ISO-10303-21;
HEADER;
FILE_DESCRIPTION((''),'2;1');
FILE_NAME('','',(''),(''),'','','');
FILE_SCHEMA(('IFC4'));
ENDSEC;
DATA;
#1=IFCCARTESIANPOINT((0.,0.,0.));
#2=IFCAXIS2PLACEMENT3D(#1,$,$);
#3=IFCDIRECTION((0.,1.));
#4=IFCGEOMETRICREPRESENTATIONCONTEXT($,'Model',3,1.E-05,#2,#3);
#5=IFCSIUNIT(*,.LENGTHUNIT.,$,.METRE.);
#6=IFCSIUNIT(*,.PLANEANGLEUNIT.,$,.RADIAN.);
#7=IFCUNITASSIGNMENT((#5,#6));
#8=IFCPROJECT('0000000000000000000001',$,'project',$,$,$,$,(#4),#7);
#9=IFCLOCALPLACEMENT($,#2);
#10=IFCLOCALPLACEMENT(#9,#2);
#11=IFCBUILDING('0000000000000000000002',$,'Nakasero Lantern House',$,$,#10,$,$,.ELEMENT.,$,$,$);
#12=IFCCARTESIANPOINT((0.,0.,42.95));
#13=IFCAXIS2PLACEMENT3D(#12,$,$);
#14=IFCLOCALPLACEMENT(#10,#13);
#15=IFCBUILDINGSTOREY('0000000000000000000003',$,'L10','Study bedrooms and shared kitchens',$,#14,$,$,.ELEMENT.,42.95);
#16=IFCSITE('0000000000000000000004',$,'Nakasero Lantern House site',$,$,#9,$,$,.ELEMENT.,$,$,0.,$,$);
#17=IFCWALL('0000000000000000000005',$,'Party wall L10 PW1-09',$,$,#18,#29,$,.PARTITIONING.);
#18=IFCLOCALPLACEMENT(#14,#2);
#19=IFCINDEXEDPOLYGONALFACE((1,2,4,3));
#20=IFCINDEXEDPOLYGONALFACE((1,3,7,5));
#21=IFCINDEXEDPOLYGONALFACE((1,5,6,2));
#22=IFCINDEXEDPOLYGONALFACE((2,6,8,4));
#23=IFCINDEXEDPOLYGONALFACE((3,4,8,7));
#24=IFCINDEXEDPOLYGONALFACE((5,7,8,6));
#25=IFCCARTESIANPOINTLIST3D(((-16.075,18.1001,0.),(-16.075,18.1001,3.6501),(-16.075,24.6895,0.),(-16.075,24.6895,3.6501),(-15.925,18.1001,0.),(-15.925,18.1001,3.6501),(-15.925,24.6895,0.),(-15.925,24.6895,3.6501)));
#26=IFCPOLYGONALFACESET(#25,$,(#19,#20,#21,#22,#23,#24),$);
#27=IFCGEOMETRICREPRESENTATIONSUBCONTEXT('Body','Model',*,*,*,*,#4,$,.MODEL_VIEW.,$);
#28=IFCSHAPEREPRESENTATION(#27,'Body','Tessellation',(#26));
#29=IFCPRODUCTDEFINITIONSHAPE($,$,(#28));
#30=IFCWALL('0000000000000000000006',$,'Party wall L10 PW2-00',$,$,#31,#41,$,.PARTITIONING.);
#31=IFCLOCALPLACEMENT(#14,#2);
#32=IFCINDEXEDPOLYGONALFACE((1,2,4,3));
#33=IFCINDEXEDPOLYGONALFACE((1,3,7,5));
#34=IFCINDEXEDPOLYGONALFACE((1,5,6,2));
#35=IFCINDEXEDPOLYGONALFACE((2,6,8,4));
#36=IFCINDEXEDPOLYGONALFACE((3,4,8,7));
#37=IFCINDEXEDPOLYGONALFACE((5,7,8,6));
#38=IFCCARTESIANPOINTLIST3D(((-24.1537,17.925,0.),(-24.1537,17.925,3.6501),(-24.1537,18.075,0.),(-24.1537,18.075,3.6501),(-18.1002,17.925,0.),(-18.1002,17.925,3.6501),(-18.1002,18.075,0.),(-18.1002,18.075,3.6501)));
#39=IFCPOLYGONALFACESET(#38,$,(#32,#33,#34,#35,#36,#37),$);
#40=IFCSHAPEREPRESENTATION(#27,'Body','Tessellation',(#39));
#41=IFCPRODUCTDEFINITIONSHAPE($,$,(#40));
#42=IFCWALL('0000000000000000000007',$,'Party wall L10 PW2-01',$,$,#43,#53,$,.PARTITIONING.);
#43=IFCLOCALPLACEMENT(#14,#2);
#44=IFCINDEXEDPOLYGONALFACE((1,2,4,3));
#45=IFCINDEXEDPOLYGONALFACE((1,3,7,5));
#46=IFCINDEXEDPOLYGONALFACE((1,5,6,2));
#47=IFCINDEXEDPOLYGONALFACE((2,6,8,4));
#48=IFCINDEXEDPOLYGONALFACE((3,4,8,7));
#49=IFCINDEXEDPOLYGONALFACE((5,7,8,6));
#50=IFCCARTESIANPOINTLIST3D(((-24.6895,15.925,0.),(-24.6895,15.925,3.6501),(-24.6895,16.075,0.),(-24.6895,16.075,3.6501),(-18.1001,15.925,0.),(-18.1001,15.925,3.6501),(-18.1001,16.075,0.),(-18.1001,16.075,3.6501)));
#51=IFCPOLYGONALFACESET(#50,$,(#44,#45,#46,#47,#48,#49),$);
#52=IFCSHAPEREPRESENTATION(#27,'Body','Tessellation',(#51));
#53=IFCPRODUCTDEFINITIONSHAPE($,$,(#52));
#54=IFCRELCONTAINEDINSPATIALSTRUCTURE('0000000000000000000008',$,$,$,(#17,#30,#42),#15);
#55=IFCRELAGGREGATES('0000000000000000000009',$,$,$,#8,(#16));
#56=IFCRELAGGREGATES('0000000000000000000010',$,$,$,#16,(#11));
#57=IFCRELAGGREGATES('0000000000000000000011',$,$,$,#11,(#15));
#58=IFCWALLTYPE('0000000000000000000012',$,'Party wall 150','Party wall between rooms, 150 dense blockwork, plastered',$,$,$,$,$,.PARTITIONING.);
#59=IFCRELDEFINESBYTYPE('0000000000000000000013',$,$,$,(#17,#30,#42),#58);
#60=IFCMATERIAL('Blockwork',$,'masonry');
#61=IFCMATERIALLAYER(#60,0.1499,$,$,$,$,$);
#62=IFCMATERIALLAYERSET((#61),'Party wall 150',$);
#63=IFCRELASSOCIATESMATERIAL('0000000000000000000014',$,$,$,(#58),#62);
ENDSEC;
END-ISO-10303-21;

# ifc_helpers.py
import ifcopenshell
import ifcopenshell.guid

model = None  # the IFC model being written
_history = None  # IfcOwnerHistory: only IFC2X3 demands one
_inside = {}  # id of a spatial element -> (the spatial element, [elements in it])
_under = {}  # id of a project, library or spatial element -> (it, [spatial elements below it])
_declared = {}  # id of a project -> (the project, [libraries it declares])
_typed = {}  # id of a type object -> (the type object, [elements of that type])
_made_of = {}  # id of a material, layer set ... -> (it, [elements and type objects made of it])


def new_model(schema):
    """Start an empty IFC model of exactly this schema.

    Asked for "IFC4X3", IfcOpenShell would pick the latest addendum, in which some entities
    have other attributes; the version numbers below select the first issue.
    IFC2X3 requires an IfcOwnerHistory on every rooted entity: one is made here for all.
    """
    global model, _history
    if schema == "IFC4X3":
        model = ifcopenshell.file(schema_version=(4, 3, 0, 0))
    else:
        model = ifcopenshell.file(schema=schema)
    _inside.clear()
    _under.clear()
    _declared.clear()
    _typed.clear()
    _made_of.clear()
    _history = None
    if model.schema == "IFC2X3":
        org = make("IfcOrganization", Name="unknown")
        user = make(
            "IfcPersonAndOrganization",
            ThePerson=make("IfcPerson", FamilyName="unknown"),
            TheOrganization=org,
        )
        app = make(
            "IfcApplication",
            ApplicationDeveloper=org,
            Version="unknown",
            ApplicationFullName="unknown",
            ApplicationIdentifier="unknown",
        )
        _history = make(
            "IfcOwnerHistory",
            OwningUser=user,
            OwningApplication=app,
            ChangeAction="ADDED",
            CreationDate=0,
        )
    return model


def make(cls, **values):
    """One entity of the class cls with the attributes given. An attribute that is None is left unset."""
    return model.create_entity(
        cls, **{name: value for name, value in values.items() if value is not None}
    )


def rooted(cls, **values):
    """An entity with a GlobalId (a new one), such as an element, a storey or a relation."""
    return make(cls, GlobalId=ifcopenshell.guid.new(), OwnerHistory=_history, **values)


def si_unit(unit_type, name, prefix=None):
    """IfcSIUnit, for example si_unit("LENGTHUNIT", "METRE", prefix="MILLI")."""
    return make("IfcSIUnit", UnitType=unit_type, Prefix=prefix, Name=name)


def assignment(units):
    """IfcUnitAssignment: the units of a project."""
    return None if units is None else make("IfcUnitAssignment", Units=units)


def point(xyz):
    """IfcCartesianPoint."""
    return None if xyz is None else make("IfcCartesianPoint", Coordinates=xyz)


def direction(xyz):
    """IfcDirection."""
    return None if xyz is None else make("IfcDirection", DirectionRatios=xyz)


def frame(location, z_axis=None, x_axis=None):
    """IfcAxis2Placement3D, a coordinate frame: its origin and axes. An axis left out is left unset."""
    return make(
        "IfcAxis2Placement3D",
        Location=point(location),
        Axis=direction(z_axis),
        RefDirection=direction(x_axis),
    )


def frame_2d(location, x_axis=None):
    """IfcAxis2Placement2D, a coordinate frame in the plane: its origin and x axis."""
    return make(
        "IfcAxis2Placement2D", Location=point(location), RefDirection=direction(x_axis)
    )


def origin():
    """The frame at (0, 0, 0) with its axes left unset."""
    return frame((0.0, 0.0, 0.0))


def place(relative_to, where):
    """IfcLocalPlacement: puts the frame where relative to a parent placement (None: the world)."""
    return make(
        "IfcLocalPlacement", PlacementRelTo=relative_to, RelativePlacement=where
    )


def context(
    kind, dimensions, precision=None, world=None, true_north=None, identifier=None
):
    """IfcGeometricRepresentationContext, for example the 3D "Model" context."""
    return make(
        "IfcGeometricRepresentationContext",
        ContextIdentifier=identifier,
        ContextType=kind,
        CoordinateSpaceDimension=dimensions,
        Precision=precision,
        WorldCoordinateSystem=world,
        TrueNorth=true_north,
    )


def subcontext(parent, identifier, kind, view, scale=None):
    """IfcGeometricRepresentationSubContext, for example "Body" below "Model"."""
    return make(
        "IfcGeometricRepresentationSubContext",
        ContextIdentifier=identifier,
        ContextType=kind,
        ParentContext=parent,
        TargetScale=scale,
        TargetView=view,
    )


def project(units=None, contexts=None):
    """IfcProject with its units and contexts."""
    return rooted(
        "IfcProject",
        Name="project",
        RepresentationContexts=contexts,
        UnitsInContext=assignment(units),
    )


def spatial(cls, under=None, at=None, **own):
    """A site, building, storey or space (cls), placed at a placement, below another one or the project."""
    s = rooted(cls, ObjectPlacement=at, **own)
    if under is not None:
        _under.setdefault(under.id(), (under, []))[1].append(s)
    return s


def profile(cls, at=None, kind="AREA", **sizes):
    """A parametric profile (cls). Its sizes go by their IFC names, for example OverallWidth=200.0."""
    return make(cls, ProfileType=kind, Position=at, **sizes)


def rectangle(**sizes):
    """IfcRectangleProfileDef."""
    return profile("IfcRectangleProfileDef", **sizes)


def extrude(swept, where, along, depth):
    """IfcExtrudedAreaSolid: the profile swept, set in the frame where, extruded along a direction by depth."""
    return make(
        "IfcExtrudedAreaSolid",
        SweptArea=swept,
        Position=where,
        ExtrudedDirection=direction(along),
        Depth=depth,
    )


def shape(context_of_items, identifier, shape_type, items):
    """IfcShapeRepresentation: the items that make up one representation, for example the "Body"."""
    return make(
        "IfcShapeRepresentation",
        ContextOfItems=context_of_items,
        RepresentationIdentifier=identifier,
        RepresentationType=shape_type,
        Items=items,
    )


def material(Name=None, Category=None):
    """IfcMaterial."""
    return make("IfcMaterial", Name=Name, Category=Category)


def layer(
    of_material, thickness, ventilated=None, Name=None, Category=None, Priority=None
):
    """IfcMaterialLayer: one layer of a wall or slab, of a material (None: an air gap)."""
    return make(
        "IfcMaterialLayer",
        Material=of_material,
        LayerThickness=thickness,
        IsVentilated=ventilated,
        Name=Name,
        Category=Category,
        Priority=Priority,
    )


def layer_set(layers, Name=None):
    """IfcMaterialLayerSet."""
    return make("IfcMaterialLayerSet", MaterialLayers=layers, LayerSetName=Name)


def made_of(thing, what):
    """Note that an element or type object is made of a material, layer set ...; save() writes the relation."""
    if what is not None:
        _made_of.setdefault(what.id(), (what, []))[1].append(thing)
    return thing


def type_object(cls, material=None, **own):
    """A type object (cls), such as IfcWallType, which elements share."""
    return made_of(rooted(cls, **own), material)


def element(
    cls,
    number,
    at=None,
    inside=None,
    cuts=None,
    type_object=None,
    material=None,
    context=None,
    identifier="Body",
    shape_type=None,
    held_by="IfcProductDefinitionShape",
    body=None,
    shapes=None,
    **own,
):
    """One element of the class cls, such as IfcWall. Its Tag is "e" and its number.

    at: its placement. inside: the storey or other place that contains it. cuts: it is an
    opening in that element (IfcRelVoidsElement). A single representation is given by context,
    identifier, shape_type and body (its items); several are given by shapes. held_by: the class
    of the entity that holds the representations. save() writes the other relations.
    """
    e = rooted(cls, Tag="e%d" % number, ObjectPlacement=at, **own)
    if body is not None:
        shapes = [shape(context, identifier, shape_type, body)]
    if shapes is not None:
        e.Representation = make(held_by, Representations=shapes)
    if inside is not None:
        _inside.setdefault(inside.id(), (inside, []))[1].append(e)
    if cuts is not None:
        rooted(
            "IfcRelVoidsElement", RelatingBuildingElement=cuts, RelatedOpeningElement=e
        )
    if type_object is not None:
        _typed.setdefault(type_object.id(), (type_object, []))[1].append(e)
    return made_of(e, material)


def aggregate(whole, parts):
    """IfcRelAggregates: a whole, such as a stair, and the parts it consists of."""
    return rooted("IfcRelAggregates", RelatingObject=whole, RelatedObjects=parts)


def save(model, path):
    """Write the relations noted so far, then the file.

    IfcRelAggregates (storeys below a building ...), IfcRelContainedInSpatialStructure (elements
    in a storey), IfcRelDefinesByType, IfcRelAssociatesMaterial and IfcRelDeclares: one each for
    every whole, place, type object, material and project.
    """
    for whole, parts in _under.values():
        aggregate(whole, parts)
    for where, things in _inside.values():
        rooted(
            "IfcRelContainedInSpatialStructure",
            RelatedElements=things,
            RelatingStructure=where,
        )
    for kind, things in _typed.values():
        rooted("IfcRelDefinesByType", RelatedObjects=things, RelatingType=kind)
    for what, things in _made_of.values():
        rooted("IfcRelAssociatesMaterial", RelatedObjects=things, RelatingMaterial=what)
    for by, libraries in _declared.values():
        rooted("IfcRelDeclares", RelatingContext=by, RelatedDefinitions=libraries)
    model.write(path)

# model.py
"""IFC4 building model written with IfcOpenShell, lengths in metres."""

from ifc_helpers import new_model, si_unit, direction, frame, frame_2d, origin, place, context, subcontext, project, spatial, rectangle, extrude, material, layer, layer_set, type_object, element, save


model = new_model("IFC4")

# Units and contexts
model_context = context("Model", 3, precision=1e-05, world=origin(), true_north=direction((0.0, 1.0)))
body_context = subcontext(model_context, "Body", "Model", "MODEL_VIEW")
ifc_project = project(units=[si_unit("LENGTHUNIT", "METRE"), si_unit("PLANEANGLEUNIT", "RADIAN")], contexts=[model_context])

# Site, building, storey
site_placement = place(None, origin())
site = spatial("IfcSite", under=ifc_project, at=site_placement, Name="Nakasero Lantern House site", CompositionType="ELEMENT", RefElevation=0.0)
building_placement = place(site_placement, origin())
building = spatial("IfcBuilding", under=site, at=building_placement, Name="Nakasero Lantern House", CompositionType="ELEMENT")
storey_placement = place(building_placement, frame((0.0, 0.0, 42.95)))
storey = spatial("IfcBuildingStorey", under=building, at=storey_placement, Name="L10", Description="Study bedrooms and shared kitchens", CompositionType="ELEMENT", Elevation=42.95)

# Walls
ifc_material_1 = material(Name="Blockwork", Category="masonry")
ifc_layer_1 = layer(ifc_material_1, 0.1499)
ifc_layer_set_1 = layer_set([ifc_layer_1], Name="Party wall 150")
wall_type_1 = type_object("IfcWallType", Name="Party wall 150", Description="Party wall between rooms, 150 dense blockwork, plastered", PredefinedType="PARTITIONING", material=ifc_layer_set_1)
wall_1_placement = place(storey_placement, frame((-16.0, 18.1001, 0.0), z_axis=(0.0, 0.0, 1.0), x_axis=(0.0, 1.0, 0.0)))
element("IfcWall", 1, at=wall_1_placement, inside=storey, type_object=wall_type_1, Name="Party wall L10 PW1-09", PredefinedType="PARTITIONING", context=body_context, shape_type="SweptSolid", body=[
    extrude(rectangle(XDim=6.5894, YDim=0.1499, at=frame_2d((3.2947, 0.0))), origin(), (0.0, 0.0, 1.0), 3.6501),
])
wall_2_placement = place(storey_placement, frame((-18.1001, 18.0, 0.0), z_axis=(0.0, 0.0, 1.0), x_axis=(-1.0, 0.0, 0.0)))
element("IfcWall", 2, at=wall_2_placement, inside=storey, type_object=wall_type_1, Name="Party wall L10 PW2-00", PredefinedType="PARTITIONING", context=body_context, shape_type="SweptSolid", body=[
    extrude(rectangle(XDim=6.0535, YDim=0.1499, at=frame_2d((3.0269, 0.0))), origin(), (0.0, 0.0, 1.0), 3.6501),
])
wall_3_placement = place(storey_placement, frame((-18.1001, 16.0, 0.0), z_axis=(0.0, 0.0, 1.0), x_axis=(-1.0, 0.0, 0.0)))
element("IfcWall", 3, at=wall_3_placement, inside=storey, type_object=wall_type_1, Name="Party wall L10 PW2-01", PredefinedType="PARTITIONING", context=body_context, shape_type="SweptSolid", body=[
    extrude(rectangle(XDim=6.5894, YDim=0.1499, at=frame_2d((3.2947, 0.0))), origin(), (0.0, 0.0, 1.0), 3.6501),
])

save(model, "model.ifc")
